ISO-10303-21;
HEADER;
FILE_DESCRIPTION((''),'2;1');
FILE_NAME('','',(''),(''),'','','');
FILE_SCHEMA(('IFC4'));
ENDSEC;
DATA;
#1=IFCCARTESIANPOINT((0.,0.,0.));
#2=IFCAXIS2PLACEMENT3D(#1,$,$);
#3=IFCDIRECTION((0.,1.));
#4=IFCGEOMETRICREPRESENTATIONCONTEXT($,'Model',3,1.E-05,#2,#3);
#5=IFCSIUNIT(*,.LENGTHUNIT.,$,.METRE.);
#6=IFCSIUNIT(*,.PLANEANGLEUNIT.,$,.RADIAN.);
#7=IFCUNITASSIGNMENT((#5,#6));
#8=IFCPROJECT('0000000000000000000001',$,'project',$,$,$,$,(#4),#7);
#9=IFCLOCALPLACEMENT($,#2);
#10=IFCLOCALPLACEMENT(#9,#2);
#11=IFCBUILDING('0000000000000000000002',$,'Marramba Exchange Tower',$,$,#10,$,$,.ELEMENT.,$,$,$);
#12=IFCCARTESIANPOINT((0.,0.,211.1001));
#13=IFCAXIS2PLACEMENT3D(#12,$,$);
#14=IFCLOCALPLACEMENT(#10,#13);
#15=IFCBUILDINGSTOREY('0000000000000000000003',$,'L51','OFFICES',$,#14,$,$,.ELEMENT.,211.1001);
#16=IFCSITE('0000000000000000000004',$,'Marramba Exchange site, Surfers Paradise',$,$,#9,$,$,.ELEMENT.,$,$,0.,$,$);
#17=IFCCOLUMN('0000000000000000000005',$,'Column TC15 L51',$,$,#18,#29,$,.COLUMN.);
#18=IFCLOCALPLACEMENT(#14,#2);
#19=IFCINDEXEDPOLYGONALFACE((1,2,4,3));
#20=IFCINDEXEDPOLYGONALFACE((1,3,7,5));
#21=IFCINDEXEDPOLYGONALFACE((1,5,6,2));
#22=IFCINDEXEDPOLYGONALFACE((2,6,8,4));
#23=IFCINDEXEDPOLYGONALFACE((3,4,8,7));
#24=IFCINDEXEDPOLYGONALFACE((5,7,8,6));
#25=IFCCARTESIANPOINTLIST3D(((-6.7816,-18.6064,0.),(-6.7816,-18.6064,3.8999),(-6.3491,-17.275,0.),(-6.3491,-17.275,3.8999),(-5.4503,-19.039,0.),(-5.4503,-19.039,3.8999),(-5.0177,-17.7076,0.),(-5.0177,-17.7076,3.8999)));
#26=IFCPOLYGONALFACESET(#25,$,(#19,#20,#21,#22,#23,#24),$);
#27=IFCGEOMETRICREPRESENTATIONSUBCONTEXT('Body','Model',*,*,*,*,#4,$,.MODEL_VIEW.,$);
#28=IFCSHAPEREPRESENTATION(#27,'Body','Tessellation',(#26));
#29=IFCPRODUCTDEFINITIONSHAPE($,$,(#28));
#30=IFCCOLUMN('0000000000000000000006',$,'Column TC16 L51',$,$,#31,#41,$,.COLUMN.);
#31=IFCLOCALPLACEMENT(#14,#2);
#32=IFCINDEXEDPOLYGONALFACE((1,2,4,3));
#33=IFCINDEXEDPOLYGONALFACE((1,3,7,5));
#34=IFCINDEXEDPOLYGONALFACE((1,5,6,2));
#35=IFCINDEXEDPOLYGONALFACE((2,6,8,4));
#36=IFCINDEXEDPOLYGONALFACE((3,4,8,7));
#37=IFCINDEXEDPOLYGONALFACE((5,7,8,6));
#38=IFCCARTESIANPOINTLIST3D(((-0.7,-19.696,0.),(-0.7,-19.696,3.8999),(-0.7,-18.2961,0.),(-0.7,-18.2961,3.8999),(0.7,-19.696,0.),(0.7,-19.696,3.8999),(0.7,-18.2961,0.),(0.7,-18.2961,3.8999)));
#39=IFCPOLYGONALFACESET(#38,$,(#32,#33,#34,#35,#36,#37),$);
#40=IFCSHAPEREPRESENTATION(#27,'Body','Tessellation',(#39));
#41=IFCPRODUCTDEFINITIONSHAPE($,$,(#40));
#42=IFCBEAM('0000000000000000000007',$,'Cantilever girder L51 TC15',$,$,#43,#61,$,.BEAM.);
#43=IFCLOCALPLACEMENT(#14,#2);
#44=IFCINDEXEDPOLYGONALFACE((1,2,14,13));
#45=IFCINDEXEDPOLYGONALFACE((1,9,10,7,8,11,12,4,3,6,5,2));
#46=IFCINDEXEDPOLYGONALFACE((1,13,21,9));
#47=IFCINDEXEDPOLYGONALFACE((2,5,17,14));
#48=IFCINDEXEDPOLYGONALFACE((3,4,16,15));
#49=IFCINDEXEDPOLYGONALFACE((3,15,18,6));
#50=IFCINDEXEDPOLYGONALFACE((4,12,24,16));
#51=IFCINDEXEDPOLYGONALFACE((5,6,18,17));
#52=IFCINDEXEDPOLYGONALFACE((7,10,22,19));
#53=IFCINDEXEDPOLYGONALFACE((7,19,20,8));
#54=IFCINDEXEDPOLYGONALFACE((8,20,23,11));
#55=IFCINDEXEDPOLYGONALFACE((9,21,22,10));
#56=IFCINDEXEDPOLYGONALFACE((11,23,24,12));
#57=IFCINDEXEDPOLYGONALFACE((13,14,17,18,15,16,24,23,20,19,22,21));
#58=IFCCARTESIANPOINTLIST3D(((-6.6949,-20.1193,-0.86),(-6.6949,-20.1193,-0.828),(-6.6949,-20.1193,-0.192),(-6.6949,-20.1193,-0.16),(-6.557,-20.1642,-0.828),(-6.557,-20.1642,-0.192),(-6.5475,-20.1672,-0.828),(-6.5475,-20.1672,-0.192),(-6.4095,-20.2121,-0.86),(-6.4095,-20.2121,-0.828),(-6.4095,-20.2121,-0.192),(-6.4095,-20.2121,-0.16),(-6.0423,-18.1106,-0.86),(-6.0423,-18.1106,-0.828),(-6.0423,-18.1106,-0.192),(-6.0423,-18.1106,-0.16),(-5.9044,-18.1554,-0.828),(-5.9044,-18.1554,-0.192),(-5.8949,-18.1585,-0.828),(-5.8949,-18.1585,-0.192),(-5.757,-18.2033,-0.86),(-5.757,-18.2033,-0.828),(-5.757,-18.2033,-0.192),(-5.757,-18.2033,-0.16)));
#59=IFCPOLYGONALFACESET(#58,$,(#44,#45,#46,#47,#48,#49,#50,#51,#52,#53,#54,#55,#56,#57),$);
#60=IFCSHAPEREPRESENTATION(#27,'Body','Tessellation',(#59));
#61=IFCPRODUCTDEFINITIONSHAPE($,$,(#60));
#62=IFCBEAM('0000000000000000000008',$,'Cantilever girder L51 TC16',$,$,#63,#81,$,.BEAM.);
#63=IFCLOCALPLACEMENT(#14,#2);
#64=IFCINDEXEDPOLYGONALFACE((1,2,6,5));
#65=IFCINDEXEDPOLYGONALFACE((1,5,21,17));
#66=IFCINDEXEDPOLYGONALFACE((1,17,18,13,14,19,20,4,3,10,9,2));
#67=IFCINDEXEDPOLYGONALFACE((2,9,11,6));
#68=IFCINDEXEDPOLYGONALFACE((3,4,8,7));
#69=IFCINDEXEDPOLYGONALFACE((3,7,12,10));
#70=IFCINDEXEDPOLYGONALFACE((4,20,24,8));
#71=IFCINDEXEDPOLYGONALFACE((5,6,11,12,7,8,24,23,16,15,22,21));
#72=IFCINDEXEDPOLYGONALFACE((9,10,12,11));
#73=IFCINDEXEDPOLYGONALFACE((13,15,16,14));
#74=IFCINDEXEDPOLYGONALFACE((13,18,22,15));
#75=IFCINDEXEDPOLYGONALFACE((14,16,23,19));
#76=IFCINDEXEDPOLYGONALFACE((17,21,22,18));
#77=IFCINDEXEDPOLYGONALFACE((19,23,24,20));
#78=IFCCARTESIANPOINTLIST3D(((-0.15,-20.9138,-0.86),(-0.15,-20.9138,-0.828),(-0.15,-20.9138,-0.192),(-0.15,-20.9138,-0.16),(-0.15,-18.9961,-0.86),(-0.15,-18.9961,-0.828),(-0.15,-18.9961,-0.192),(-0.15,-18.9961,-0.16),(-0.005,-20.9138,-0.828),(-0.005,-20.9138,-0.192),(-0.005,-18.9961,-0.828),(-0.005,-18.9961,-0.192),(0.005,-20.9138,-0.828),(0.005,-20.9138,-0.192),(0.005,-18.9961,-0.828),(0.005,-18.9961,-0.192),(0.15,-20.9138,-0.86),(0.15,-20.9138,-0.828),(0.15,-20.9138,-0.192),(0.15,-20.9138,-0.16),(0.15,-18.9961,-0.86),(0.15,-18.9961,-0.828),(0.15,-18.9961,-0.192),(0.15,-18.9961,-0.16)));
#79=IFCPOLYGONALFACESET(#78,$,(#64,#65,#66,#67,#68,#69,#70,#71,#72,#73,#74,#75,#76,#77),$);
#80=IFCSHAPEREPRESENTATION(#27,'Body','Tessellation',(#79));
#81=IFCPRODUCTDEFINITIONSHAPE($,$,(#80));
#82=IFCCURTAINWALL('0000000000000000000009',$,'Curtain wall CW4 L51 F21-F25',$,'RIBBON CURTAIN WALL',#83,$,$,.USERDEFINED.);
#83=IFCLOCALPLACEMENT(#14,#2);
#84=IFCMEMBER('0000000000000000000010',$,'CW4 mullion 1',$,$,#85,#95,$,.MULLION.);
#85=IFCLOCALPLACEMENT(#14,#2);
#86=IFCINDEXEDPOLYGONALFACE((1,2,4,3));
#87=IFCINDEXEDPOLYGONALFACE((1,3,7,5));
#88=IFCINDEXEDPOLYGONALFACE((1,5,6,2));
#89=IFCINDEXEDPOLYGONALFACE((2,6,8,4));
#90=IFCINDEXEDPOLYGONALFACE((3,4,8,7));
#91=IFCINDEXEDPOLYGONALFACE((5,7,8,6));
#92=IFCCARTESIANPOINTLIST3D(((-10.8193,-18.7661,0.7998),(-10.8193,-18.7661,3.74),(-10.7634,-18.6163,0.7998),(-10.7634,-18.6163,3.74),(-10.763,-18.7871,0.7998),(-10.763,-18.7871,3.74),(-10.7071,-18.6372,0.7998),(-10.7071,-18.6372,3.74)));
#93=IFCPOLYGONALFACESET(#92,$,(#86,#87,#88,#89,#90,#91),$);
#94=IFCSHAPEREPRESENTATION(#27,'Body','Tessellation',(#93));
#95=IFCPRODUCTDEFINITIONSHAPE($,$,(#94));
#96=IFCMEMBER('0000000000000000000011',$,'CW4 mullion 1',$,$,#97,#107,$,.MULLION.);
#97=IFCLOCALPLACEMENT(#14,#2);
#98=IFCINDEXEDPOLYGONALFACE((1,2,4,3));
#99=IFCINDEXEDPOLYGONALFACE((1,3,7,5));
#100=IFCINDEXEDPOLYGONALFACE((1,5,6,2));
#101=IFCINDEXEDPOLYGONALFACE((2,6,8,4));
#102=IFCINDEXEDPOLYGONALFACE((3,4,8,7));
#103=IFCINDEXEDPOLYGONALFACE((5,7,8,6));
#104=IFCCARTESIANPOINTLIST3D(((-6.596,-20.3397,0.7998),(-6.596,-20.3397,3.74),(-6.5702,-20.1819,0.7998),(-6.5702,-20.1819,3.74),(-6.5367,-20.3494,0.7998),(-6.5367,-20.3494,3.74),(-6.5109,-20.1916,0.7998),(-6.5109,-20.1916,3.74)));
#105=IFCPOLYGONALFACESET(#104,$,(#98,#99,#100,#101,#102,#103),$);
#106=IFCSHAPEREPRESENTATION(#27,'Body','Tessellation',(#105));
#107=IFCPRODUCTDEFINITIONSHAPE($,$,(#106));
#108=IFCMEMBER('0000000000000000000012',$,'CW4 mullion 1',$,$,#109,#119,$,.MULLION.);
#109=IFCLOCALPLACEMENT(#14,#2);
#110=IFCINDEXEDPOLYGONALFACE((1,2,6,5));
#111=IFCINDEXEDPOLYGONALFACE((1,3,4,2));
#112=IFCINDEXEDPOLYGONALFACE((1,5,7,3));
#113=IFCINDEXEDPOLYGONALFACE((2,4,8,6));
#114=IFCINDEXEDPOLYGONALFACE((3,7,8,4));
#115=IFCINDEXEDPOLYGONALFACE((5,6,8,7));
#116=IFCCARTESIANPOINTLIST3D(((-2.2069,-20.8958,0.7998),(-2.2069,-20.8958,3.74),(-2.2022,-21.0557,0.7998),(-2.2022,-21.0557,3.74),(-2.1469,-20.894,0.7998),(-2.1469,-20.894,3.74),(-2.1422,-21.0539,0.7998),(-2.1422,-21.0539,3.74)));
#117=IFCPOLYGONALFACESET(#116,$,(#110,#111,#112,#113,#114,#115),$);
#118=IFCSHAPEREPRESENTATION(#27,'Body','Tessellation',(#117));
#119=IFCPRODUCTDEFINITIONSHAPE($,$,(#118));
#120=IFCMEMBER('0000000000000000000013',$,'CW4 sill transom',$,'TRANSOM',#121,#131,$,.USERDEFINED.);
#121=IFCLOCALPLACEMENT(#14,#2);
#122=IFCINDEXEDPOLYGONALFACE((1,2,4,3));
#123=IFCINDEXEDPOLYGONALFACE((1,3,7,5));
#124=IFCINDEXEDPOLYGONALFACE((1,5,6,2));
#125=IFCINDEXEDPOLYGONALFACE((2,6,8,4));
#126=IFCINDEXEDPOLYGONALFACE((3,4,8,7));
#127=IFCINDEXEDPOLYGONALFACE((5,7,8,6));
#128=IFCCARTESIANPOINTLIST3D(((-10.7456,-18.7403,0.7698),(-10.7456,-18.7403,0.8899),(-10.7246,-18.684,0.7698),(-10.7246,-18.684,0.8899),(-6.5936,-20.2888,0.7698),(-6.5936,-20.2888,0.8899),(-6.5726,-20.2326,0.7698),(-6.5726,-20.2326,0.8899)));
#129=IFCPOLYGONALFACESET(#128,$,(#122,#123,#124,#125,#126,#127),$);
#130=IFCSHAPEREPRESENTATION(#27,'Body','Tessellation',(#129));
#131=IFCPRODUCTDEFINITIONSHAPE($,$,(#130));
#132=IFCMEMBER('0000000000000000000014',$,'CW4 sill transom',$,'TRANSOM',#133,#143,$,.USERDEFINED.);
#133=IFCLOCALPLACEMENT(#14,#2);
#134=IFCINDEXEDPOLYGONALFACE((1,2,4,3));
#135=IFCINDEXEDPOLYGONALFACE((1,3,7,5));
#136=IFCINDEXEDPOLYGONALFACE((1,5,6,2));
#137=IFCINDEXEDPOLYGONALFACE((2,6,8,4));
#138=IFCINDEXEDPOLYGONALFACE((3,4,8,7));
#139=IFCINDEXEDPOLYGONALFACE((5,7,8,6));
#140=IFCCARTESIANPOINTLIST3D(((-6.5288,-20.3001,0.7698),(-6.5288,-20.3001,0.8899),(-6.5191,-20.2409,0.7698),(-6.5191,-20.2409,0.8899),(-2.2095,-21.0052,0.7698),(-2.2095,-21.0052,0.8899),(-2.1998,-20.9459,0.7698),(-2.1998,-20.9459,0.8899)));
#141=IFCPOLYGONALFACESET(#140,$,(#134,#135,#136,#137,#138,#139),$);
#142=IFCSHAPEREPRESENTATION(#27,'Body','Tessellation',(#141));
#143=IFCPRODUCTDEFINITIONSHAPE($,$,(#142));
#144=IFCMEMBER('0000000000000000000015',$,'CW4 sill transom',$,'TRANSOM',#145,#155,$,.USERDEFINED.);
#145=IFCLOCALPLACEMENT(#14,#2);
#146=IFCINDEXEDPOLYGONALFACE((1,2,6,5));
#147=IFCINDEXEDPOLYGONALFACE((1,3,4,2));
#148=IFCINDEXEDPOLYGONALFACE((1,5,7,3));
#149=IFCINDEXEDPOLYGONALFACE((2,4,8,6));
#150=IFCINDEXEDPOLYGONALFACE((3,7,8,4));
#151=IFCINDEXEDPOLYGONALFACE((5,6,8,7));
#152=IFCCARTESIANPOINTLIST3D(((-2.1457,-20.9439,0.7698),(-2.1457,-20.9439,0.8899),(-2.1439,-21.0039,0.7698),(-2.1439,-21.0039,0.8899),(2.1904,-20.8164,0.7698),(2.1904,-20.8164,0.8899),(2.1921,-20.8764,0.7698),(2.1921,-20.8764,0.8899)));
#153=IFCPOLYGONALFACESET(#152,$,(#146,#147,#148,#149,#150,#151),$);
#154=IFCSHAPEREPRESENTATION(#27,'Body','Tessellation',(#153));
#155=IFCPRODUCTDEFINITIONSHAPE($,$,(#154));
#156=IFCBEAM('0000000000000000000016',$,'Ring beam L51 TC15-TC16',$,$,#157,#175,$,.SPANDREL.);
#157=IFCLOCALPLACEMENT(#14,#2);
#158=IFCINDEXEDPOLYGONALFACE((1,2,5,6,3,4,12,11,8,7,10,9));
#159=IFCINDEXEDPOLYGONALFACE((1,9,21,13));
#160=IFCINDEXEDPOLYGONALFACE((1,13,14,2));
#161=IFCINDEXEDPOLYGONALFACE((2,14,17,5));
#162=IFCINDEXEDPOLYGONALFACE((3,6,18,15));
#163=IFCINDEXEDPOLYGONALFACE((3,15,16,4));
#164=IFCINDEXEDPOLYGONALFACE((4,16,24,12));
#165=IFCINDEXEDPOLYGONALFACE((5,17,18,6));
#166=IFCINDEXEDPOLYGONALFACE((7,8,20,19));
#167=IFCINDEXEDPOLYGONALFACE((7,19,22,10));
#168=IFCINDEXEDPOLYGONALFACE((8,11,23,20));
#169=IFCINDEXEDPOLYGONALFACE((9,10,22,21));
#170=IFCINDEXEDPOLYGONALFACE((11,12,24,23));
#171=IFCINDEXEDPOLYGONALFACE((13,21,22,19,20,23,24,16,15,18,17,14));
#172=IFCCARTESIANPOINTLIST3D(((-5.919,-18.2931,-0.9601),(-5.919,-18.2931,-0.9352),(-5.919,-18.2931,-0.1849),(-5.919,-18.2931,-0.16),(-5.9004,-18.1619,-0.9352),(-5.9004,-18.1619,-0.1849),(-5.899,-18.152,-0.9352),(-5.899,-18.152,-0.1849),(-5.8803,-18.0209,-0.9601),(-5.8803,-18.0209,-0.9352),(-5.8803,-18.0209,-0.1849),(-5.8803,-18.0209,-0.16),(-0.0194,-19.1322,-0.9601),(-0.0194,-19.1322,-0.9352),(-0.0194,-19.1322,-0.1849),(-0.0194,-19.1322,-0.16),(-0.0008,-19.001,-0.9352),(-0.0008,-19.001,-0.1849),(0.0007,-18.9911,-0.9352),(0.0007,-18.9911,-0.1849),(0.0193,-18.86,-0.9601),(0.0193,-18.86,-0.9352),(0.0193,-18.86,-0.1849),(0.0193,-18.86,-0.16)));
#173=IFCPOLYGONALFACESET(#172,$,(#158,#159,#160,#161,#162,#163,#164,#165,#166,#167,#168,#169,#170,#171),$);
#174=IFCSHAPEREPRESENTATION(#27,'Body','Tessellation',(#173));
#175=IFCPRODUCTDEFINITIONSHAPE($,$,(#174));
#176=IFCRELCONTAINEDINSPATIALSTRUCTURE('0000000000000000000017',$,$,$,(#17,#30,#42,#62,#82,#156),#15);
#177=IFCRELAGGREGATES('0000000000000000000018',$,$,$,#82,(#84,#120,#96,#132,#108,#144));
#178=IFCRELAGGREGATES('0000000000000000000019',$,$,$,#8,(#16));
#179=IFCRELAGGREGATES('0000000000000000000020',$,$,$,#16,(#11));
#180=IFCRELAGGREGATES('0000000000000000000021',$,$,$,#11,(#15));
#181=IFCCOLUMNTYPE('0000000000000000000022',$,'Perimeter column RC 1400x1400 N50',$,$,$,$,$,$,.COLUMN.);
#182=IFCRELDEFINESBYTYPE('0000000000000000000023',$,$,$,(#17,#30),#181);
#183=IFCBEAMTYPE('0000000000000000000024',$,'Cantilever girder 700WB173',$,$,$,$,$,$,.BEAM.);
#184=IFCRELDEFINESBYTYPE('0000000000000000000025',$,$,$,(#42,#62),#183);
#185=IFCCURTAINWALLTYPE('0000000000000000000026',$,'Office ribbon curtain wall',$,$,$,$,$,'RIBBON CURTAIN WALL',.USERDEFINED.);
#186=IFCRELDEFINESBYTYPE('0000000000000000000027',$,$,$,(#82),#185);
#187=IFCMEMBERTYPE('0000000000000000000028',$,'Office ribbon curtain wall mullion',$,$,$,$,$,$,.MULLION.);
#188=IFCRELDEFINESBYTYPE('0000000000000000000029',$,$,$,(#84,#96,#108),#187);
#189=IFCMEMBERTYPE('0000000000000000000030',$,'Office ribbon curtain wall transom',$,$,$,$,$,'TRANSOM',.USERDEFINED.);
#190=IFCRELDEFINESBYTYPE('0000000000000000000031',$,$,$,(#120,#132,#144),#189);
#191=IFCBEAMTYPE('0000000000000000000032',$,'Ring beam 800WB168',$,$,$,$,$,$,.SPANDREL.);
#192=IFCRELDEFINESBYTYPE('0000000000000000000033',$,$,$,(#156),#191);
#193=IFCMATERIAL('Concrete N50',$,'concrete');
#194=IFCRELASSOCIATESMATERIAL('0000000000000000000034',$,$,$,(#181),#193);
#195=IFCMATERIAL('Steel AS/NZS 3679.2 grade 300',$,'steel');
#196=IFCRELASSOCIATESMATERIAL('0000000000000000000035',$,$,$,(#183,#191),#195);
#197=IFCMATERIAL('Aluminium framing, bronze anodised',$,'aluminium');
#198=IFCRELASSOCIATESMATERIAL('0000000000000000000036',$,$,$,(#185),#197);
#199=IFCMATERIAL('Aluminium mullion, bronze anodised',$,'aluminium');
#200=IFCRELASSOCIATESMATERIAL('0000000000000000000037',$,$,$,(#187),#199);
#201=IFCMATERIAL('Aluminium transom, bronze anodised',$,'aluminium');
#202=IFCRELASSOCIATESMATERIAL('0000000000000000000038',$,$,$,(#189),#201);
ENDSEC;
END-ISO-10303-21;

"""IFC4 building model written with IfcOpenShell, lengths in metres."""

from ifc_helpers import new_model, si_unit, direction, frame, origin, origin_2d, place, context, subcontext, project, spatial, rectangle, i_section, extrude, material, material_profile, profile_set, type_object, element, aggregate, save


model = new_model("IFC4")

# Units and contexts
model_context = context("Model", 3, precision=1e-05, world=origin(), true_north=direction((0.0, 1.0)))
body_context = subcontext(model_context, "Body", "Model", "MODEL_VIEW")
ifc_project = project(units=[si_unit("LENGTHUNIT", "METRE"), si_unit("PLANEANGLEUNIT", "RADIAN")], contexts=[model_context])

# Site, building, storey
site_placement = place(None, origin())
site = spatial("IfcSite", under=ifc_project, at=site_placement, Name="Marramba Exchange site, Surfers Paradise", CompositionType="ELEMENT", RefElevation=0.0)
building_placement = place(site_placement, origin())
building = spatial("IfcBuilding", under=site, at=building_placement, Name="Marramba Exchange Tower", CompositionType="ELEMENT")
storey_placement = place(building_placement, frame((0.0, 0.0, 211.1001)))
storey = spatial("IfcBuildingStorey", under=building, at=storey_placement, Name="L51", Description="OFFICES", CompositionType="ELEMENT", Elevation=211.1001)

# Columns
ifc_material_1 = material(Name="Concrete N50", Category="concrete")
ifc_material_profile_1 = material_profile(ifc_material_1, rectangle(XDim=1.3999, YDim=1.3999, at=origin_2d()), Name="RC 1400x1400")
ifc_profile_set_1 = profile_set([ifc_material_profile_1], Name="Concrete N50")
column_type = type_object("IfcColumnType", Name="Perimeter column RC 1400x1400 N50", PredefinedType="COLUMN", material=ifc_profile_set_1)
for number, where, z_axis, x_axis, name in (
    (1, (-5.8997, -18.157, 0.0), (0.0, 0.0, 1.0), (-0.309017, -0.951057, 0.0), "Column TC15 L51"),
    (2, (0.0, -18.9961, 0.0), (0.0, 0.0, 1.0), (0.0, -1.0, 0.0), "Column TC16 L51"),
):
    element("IfcColumn", number, at=place(storey_placement, frame(where, z_axis=z_axis, x_axis=x_axis)), inside=storey, type_object=column_type, Name=name, PredefinedType="COLUMN", context=body_context, shape_type="SweptSolid", body=[
        extrude(rectangle(XDim=1.3999, YDim=1.3999, at=origin_2d()), origin(), (0.0, 0.0, 1.0), 3.8999),
    ])

# Beams
ifc_material_2 = material(Name="Steel AS/NZS 3679.2 grade 300", Category="steel")
ifc_material_profile_2 = material_profile(ifc_material_2, i_section(OverallWidth=0.3, OverallDepth=0.7, WebThickness=0.01, FlangeThickness=0.032, at=origin_2d()), Name="700WB173")
ifc_profile_set_2 = profile_set([ifc_material_profile_2], Name="Steel AS/NZS 3679.2 grade 300")
beam_type_1 = type_object("IfcBeamType", Name="Cantilever girder 700WB173", PredefinedType="BEAM", material=ifc_profile_set_2)
beam_1_placement = place(storey_placement, frame((-5.8997, -18.157, -0.51), z_axis=(-0.308971, -0.951071, 0.0), x_axis=(0.951071, -0.308971, 0.0)))
element("IfcBeam", 3, at=beam_1_placement, inside=storey, type_object=beam_type_1, Name="Cantilever girder L51 TC15", PredefinedType="BEAM", context=body_context, shape_type="SweptSolid", body=[
    extrude(i_section(OverallWidth=0.3, OverallDepth=0.7, WebThickness=0.01, FlangeThickness=0.032, at=origin_2d()), origin(), (0.0, 0.0, 1.0), 2.1121),
])
beam_2_placement = place(storey_placement, frame((0.0, -18.9961, -0.51), z_axis=(0.0, -1.0, 0.0), x_axis=(1.0, 0.0, 0.0)))
element("IfcBeam", 4, at=beam_2_placement, inside=storey, type_object=beam_type_1, Name="Cantilever girder L51 TC16", PredefinedType="BEAM", context=body_context, shape_type="SweptSolid", body=[
    extrude(i_section(OverallWidth=0.3, OverallDepth=0.7, WebThickness=0.01, FlangeThickness=0.032, at=origin_2d()), origin(), (0.0, 0.0, 1.0), 1.9177),
])

# Curtain wall, members
ifc_material_3 = material(Name="Aluminium framing, bronze anodised", Category="aluminium")
curtain_wall_type = type_object("IfcCurtainWallType", Name="Office ribbon curtain wall", ElementType="RIBBON CURTAIN WALL", PredefinedType="USERDEFINED", material=ifc_material_3)
curtain_wall_1_placement = place(storey_placement, origin())
curtain_wall_1 = element("IfcCurtainWall", 5, at=curtain_wall_1_placement, inside=storey, type_object=curtain_wall_type, Name="Curtain wall CW4 L51 F21-F25", ObjectType="RIBBON CURTAIN WALL", PredefinedType="USERDEFINED")
ifc_material_4 = material(Name="Aluminium mullion, bronze anodised", Category="aluminium")
ifc_material_profile_3 = material_profile(ifc_material_4, rectangle(XDim=0.1599, YDim=0.0601, at=origin_2d()), Name="CW4 mullion 60x160")
ifc_profile_set_3 = profile_set([ifc_material_profile_3], Name="Aluminium mullion, bronze anodised")
member_type_1 = type_object("IfcMemberType", Name="Office ribbon curtain wall mullion", PredefinedType="MULLION", material=ifc_profile_set_3)
member_1_placement = place(storey_placement, frame((-10.7632, -18.7017, 0.7998), z_axis=(0.0, 0.0, 1.0), x_axis=(0.349459, 0.936952, 0.0)))
member_1 = element("IfcMember", 6, at=member_1_placement, type_object=member_type_1, Name="CW4 mullion 1", PredefinedType="MULLION", context=body_context, shape_type="SweptSolid", body=[
    extrude(rectangle(XDim=0.1599, YDim=0.0601, at=origin_2d()), origin(), (0.0, 0.0, 1.0), 2.9402),
])
member_2_placement = place(storey_placement, frame((-6.5535, -20.2656, 0.7998), z_axis=(0.0, 0.0, 1.0), x_axis=(0.161146, 0.986931, 0.0)))
member_2 = element("IfcMember", 7, at=member_2_placement, type_object=member_type_1, Name="CW4 mullion 1", PredefinedType="MULLION", context=body_context, shape_type="SweptSolid", body=[
    extrude(rectangle(XDim=0.1599, YDim=0.0601, at=origin_2d()), origin(), (0.0, 0.0, 1.0), 2.9402),
])
member_3_placement = place(storey_placement, frame((-2.1746, -20.9749, 0.7998), z_axis=(0.0, 0.0, 1.0), x_axis=(-0.029393, 0.999568, 0.0)))
member_3 = element("IfcMember", 8, at=member_3_placement, type_object=member_type_1, Name="CW4 mullion 1", PredefinedType="MULLION", context=body_context, shape_type="SweptSolid", body=[
    extrude(rectangle(XDim=0.1599, YDim=0.0601, at=origin_2d()), origin(), (0.0, 0.0, 1.0), 2.9402),
])
ifc_material_5 = material(Name="Aluminium transom, bronze anodised", Category="aluminium")
ifc_material_profile_4 = material_profile(ifc_material_5, rectangle(XDim=0.0601, YDim=0.1201, at=origin_2d()), Name="CW4 transom 60x120")
ifc_profile_set_4 = profile_set([ifc_material_profile_4], Name="Aluminium transom, bronze anodised")
member_type_2 = type_object("IfcMemberType", Name="Office ribbon curtain wall transom", ElementType="TRANSOM", PredefinedType="USERDEFINED", material=ifc_profile_set_4)
member_4_placement = place(storey_placement, frame((-10.7351, -18.7122, 0.8298), z_axis=(0.936955, -0.34945, 0.0), x_axis=(0.34945, 0.936955, 0.0)))
member_4 = element("IfcMember", 9, at=member_4_placement, type_object=member_type_2, Name="CW4 sill transom", ObjectType="TRANSOM", PredefinedType="USERDEFINED", context=body_context, shape_type="SweptSolid", body=[
    extrude(rectangle(XDim=0.0601, YDim=0.1201, at=origin_2d()), origin(), (0.0, 0.0, 1.0), 4.4314),
])
member_5_placement = place(storey_placement, frame((-6.5239, -20.2705, 0.8298), z_axis=(0.986937, -0.161105, 0.0), x_axis=(0.161105, 0.986937, 0.0)))
member_5 = element("IfcMember", 10, at=member_5_placement, type_object=member_type_2, Name="CW4 sill transom", ObjectType="TRANSOM", PredefinedType="USERDEFINED", context=body_context, shape_type="SweptSolid", body=[
    extrude(rectangle(XDim=0.0601, YDim=0.1201, at=origin_2d()), origin(), (0.0, 0.0, 1.0), 4.3765),
])
member_6_placement = place(storey_placement, frame((-2.1448, -20.9739, 0.8298), z_axis=(0.999568, 0.029379, 0.0), x_axis=(-0.029379, 0.999568, 0.0)))
member_6 = element("IfcMember", 11, at=member_6_placement, type_object=member_type_2, Name="CW4 sill transom", ObjectType="TRANSOM", PredefinedType="USERDEFINED", context=body_context, shape_type="SweptSolid", body=[
    extrude(rectangle(XDim=0.0601, YDim=0.1201, at=origin_2d()), origin(), (0.0, 0.0, 1.0), 4.3379),
])

# Beam
ifc_material_profile_5 = material_profile(ifc_material_2, i_section(OverallWidth=0.2749, OverallDepth=0.8, WebThickness=0.01, FlangeThickness=0.0249, at=origin_2d()), Name="800WB168")
ifc_profile_set_5 = profile_set([ifc_material_profile_5], Name="Steel AS/NZS 3679.2 grade 300")
beam_type_2 = type_object("IfcBeamType", Name="Ring beam 800WB168", PredefinedType="SPANDREL", material=ifc_profile_set_5)
for number, where, z_axis, x_axis, name in (
    (12, (-5.8997, -18.157, -0.5601), (0.990036, -0.140813, 0.0), (0.140813, 0.990036, 0.0), "Ring beam L51 TC15-TC16"),
):
    element("IfcBeam", number, at=place(storey_placement, frame(where, z_axis=z_axis, x_axis=x_axis)), inside=storey, type_object=beam_type_2, Name=name, PredefinedType="SPANDREL", context=body_context, shape_type="SweptSolid", body=[
        extrude(i_section(OverallWidth=0.2749, OverallDepth=0.8, WebThickness=0.01, FlangeThickness=0.0249, at=origin_2d()), origin(), (0.0, 0.0, 1.0), 5.959),
    ])

aggregate(curtain_wall_1, [member_1, member_4, member_2, member_5, member_3, member_6])

save(model, "model.ifc")
